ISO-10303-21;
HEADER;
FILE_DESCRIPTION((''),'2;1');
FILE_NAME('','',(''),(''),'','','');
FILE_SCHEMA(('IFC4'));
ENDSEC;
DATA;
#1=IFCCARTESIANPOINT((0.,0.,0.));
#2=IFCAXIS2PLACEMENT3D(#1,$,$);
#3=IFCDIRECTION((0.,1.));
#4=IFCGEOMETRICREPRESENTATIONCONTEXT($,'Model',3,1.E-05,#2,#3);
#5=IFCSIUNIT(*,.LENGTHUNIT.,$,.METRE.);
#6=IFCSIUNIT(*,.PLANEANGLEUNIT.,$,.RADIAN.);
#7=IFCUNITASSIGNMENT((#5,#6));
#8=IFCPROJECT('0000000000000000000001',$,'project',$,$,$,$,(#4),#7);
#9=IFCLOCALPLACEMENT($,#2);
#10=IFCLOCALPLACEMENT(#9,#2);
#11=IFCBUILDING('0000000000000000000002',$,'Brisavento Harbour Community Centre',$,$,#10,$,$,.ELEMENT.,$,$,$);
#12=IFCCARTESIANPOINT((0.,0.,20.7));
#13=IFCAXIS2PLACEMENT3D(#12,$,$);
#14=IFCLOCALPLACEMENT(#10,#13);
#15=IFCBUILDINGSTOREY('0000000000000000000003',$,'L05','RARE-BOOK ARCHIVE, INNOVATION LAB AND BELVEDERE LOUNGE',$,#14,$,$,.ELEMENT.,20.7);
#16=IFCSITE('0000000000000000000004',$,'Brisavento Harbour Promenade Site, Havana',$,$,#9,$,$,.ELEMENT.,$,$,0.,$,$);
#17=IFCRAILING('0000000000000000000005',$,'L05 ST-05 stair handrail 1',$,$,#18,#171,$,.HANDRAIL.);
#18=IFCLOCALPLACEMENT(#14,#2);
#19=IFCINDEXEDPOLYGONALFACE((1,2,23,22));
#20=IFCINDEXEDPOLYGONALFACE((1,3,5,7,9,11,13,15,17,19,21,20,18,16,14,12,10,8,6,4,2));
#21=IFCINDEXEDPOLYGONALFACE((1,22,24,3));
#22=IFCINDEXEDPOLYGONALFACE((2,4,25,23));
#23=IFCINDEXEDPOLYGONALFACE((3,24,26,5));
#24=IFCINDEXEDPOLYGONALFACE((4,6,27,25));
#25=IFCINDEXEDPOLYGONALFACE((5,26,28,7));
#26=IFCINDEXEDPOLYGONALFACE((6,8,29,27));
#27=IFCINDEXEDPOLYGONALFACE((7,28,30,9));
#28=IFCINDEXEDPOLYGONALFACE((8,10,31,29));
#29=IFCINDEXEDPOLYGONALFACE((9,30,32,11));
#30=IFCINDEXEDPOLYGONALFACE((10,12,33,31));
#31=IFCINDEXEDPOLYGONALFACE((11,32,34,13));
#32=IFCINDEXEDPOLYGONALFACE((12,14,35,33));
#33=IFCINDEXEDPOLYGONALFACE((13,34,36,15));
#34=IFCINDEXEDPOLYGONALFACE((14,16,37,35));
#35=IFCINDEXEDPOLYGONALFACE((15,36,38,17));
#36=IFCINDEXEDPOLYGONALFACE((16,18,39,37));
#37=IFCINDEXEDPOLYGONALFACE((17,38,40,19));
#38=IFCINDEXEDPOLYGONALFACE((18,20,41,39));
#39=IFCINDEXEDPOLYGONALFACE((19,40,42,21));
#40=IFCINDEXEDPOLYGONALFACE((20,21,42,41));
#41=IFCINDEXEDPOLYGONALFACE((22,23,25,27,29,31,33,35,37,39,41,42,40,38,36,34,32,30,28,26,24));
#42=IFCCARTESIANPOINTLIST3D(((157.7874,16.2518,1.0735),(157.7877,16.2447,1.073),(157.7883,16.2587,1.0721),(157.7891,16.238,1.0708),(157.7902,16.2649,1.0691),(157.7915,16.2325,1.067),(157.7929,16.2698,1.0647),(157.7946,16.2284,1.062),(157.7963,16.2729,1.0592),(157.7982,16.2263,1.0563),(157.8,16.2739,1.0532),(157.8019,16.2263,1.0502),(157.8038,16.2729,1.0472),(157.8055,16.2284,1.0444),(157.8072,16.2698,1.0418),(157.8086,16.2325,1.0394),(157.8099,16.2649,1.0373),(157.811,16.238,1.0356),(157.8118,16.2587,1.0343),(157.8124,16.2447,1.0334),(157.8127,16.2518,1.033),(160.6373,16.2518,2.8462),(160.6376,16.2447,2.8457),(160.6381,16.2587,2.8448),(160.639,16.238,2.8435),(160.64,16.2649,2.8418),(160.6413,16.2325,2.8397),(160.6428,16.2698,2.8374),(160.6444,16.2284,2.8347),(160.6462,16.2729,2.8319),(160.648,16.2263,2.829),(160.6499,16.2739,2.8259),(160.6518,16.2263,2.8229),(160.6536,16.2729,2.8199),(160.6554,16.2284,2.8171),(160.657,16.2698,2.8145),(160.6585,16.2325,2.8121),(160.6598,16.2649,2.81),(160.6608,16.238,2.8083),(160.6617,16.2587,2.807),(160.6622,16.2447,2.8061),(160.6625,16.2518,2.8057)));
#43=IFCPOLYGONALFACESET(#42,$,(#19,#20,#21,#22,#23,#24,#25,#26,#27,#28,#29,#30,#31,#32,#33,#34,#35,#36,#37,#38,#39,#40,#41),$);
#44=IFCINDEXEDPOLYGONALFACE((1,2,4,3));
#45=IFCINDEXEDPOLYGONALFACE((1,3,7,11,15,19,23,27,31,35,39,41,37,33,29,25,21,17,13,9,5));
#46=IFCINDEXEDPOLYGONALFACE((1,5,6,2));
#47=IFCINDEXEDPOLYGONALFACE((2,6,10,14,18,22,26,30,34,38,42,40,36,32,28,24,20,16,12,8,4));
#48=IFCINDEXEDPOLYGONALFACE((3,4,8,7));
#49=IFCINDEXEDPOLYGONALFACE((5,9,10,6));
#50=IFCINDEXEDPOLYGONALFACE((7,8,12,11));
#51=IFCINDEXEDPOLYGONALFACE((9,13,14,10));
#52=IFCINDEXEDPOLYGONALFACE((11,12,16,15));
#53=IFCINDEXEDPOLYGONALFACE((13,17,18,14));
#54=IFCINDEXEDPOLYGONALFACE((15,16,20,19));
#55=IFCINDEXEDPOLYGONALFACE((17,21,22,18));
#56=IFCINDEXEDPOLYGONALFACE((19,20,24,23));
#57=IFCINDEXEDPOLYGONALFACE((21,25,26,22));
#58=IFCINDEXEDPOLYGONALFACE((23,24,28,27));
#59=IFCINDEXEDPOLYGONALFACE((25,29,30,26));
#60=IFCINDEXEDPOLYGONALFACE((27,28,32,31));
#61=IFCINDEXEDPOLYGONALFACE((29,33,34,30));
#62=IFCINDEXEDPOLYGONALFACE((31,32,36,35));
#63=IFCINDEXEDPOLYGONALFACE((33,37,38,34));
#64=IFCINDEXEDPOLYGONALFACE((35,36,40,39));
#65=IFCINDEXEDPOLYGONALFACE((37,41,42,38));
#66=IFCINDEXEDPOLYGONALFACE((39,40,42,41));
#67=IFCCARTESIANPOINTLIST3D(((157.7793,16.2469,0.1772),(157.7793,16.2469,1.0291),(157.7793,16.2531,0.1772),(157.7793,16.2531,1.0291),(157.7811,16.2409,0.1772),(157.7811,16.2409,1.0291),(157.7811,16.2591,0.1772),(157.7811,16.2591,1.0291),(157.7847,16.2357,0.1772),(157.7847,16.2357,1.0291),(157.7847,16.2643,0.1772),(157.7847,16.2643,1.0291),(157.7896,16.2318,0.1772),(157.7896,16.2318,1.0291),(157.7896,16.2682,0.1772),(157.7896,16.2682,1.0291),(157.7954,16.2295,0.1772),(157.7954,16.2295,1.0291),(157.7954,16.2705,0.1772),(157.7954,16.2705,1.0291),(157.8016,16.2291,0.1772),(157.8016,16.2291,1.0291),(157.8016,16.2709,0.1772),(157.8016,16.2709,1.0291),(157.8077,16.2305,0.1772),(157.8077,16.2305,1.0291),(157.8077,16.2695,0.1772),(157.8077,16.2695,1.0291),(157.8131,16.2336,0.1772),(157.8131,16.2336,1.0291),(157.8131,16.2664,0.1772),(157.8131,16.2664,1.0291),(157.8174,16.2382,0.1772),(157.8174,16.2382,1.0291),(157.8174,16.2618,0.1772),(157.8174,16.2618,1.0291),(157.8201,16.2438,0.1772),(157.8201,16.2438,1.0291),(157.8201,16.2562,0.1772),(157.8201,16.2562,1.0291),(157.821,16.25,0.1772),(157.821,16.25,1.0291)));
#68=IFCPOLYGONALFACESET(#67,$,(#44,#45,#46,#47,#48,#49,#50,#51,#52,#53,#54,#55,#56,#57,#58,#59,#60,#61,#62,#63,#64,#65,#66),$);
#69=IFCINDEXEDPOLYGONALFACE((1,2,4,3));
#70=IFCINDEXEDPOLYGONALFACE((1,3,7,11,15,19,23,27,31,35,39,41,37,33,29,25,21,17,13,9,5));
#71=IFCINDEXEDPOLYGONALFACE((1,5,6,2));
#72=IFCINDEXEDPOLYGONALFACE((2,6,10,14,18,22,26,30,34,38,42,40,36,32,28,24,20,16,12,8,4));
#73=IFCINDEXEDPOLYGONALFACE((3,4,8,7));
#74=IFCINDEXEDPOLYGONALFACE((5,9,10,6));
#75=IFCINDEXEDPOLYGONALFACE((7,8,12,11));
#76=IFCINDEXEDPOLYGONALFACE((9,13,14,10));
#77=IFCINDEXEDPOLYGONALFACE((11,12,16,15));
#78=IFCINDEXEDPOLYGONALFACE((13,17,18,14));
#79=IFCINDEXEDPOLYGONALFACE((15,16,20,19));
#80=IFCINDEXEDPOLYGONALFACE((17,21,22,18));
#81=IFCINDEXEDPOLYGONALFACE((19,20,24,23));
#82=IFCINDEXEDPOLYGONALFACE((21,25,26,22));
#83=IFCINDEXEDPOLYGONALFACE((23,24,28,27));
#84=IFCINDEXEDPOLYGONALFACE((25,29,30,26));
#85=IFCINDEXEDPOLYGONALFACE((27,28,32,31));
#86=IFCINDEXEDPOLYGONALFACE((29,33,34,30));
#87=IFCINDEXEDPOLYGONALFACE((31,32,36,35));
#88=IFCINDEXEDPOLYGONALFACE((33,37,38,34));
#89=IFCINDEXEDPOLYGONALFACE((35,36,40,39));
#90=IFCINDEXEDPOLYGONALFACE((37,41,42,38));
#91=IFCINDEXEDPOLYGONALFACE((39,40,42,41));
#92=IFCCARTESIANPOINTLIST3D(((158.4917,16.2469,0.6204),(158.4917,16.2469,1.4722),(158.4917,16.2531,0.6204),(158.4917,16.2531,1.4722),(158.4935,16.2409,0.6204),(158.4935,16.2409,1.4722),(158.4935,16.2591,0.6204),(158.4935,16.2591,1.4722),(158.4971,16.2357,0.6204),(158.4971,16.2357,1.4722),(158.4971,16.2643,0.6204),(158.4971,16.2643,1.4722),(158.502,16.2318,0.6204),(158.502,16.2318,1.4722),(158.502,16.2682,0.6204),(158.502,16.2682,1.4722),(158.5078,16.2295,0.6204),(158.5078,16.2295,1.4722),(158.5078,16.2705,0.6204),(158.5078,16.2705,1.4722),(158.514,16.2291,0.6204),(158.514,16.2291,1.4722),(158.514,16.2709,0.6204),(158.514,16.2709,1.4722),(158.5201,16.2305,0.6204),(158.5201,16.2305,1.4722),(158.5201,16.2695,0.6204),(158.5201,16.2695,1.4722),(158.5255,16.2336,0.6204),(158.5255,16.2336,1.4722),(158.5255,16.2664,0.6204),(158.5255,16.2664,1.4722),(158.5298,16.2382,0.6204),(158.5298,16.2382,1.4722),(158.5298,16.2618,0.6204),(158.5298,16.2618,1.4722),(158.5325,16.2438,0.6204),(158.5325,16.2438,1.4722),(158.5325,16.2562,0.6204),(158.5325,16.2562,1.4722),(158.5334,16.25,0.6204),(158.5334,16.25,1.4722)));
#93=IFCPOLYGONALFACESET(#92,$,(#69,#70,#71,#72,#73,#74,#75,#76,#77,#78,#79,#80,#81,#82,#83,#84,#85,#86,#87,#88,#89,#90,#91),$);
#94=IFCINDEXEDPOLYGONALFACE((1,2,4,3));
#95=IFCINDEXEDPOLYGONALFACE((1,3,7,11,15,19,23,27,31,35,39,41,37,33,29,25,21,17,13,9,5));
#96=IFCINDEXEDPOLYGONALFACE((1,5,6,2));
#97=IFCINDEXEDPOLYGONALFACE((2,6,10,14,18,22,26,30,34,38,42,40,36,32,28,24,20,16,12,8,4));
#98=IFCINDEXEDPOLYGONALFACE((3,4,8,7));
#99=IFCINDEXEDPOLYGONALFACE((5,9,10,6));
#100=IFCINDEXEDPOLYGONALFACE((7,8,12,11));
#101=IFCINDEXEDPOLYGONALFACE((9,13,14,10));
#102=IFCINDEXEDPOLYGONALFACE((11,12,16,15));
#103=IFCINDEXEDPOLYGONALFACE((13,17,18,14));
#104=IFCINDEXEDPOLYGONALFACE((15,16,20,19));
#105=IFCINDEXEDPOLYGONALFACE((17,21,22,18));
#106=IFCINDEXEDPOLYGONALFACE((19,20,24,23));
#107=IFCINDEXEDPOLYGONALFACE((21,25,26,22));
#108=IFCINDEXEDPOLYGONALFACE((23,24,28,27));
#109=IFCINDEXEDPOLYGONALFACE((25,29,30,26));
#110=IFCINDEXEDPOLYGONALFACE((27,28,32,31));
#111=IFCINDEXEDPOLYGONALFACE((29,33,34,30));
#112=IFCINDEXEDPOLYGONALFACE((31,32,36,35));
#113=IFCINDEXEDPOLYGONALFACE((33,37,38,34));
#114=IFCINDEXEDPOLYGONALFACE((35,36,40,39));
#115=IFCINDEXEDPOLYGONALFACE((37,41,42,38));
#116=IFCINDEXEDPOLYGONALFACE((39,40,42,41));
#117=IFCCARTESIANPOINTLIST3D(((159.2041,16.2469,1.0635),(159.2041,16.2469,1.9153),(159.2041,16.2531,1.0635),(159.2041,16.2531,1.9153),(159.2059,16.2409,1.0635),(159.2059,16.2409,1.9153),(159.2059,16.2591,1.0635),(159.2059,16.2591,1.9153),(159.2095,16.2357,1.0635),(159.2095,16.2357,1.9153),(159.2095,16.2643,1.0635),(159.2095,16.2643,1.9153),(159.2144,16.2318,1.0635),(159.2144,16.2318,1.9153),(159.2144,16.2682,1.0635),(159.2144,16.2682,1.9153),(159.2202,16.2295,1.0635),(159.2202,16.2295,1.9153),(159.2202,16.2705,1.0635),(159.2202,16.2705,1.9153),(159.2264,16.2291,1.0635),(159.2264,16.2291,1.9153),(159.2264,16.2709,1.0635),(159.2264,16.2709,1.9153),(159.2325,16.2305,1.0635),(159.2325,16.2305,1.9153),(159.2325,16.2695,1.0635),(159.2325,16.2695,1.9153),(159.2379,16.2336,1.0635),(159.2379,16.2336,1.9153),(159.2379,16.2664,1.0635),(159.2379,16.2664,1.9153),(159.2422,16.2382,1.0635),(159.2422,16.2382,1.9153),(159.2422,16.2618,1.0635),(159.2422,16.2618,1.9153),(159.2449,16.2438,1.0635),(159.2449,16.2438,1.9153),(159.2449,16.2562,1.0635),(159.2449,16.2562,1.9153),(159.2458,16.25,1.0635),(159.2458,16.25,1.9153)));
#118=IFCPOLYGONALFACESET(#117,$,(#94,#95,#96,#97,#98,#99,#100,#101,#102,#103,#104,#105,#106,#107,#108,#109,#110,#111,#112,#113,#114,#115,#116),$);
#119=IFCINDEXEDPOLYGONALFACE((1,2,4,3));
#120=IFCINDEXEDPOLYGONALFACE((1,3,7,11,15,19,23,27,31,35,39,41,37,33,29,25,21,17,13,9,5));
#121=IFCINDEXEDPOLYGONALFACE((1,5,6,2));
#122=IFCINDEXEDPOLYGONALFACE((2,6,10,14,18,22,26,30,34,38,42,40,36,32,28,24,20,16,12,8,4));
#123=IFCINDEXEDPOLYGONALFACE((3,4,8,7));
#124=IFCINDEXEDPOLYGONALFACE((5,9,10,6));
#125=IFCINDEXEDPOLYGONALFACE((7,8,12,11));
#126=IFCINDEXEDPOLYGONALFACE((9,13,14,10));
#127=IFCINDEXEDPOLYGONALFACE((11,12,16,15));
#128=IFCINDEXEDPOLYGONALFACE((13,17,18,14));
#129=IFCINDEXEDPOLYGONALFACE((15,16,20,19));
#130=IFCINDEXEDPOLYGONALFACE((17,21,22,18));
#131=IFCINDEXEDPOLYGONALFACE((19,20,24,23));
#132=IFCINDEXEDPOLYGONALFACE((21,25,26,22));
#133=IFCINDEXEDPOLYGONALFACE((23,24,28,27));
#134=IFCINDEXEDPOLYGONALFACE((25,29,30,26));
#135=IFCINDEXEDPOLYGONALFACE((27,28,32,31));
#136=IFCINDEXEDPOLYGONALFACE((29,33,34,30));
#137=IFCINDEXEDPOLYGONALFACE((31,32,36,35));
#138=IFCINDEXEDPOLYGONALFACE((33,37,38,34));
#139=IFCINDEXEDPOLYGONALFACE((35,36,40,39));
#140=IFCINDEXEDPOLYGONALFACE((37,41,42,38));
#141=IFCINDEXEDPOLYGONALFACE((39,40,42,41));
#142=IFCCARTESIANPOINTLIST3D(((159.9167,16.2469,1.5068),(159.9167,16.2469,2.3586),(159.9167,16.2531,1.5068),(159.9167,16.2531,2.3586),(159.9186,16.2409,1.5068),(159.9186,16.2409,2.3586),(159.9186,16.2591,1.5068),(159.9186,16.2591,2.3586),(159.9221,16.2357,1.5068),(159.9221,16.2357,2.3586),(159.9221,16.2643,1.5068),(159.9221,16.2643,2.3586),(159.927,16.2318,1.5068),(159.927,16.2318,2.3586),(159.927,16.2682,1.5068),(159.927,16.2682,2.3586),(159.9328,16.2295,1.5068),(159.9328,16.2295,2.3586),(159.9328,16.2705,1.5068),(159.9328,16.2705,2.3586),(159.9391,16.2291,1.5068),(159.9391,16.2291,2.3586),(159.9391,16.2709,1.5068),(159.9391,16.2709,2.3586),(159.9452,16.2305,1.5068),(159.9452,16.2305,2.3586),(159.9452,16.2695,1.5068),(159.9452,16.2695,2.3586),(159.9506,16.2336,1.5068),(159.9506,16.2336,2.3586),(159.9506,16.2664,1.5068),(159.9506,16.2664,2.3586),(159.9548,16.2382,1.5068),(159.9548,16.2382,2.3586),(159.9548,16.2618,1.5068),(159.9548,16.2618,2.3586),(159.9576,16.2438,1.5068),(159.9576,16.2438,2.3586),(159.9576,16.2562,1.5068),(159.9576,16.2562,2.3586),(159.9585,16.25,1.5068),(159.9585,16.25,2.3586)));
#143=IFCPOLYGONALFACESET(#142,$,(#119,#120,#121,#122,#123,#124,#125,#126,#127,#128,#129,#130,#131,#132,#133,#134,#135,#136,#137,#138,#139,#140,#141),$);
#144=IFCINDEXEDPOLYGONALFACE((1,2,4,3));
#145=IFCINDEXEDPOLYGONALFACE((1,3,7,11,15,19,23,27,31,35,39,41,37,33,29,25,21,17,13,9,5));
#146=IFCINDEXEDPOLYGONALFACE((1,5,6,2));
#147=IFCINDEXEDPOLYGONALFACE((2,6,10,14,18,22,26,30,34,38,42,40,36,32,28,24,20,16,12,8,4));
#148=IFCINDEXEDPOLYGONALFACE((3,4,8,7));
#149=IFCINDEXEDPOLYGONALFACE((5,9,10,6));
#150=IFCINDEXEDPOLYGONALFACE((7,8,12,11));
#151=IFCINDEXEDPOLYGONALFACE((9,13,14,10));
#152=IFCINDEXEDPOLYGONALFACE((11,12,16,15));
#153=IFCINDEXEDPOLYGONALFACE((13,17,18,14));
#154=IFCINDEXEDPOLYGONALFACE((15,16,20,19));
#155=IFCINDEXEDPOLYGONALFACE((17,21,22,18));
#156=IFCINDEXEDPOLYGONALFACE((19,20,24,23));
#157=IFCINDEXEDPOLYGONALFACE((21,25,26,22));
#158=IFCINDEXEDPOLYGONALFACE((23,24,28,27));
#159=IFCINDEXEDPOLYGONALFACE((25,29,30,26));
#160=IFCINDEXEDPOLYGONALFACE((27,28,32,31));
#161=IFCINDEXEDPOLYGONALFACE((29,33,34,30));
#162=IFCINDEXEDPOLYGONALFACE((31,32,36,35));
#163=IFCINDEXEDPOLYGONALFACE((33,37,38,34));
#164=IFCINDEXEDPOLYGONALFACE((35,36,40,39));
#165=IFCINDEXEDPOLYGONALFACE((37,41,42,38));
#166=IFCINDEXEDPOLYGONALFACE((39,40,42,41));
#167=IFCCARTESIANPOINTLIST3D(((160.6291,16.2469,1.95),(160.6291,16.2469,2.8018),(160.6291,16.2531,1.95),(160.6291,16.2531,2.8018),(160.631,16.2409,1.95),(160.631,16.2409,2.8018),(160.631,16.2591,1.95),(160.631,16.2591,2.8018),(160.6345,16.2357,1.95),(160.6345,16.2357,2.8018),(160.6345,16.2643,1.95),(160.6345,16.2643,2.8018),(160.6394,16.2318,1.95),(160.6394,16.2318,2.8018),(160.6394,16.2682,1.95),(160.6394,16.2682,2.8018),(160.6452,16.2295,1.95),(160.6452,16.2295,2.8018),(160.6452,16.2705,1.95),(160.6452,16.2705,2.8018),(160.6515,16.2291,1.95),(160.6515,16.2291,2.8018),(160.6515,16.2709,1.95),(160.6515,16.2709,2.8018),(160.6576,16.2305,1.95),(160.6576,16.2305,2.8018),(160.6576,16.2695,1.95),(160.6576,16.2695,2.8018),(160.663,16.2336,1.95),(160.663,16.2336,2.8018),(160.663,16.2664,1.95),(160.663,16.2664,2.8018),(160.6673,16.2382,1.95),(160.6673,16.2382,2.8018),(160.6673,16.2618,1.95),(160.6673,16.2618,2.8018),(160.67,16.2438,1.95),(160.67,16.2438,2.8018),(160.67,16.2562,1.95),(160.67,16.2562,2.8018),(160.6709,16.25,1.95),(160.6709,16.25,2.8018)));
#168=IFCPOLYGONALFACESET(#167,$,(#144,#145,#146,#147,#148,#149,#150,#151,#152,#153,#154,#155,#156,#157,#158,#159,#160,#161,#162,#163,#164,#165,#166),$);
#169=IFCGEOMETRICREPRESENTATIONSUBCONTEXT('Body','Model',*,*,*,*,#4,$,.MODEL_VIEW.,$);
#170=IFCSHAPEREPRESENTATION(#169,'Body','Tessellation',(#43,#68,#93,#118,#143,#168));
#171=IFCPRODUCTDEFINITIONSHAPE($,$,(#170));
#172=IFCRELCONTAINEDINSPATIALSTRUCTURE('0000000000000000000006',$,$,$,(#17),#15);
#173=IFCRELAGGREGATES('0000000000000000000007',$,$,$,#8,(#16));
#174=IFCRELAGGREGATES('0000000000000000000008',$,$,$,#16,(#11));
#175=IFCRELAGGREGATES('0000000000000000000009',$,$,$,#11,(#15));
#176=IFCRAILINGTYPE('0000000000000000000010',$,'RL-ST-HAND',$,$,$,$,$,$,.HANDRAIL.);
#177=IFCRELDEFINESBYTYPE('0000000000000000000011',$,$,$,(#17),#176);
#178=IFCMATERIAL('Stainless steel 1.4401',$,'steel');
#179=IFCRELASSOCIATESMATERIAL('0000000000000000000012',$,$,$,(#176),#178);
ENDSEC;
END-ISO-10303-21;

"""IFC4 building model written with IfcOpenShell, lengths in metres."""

from ifc_helpers import new_model, si_unit, direction, frame, origin, origin_2d, place, context, subcontext, project, spatial, circle, extrude, material, type_object, element, save


model = new_model("IFC4")

# Units and contexts
model_context = context("Model", 3, precision=1e-05, world=origin(), true_north=direction((0.0, 1.0)))
body_context = subcontext(model_context, "Body", "Model", "MODEL_VIEW")
ifc_project = project(units=[si_unit("LENGTHUNIT", "METRE"), si_unit("PLANEANGLEUNIT", "RADIAN")], contexts=[model_context])

# Site, building, storey
site_placement = place(None, origin())
site = spatial("IfcSite", under=ifc_project, at=site_placement, Name="Brisavento Harbour Promenade Site, Havana", CompositionType="ELEMENT", RefElevation=0.0)
building_placement = place(site_placement, origin())
building = spatial("IfcBuilding", under=site, at=building_placement, Name="Brisavento Harbour Community Centre", CompositionType="ELEMENT")
storey_placement = place(building_placement, frame((0.0, 0.0, 20.7)))
storey = spatial("IfcBuildingStorey", under=building, at=storey_placement, Name="L05", Description="RARE-BOOK ARCHIVE, INNOVATION LAB AND BELVEDERE LOUNGE", CompositionType="ELEMENT", Elevation=20.7)

# Railing
ifc_material_1 = material(Name="Stainless steel 1.4401", Category="steel")
railing_type_1 = type_object("IfcRailingType", Name="RL-ST-HAND", PredefinedType="HANDRAIL", material=ifc_material_1)
railing_1_placement = place(storey_placement, frame((157.8, 16.25, 0.1772)))
element("IfcRailing", 1, at=railing_1_placement, inside=storey, type_object=railing_type_1, Name="L05 ST-05 stair handrail 1", PredefinedType="HANDRAIL", context=body_context, shape_type="SweptSolid", body=[
    extrude(circle(Radius=0.0239, at=origin_2d()), frame((0.0, 0.0, 0.876), z_axis=(0.849128, 0.0, 0.528187), x_axis=(0.0, 1.0, 0.0)), (0.0, 0.0, 1.0), 3.3562),
    extrude(circle(Radius=0.021, at=origin_2d()), origin(), (0.0, 0.0, 1.0), 0.8518),
    extrude(circle(Radius=0.021, at=origin_2d()), frame((0.7124, 0.0, 0.4431)), (0.0, 0.0, 1.0), 0.8518),
    extrude(circle(Radius=0.021, at=origin_2d()), frame((1.4248, 0.0, 0.8862)), (0.0, 0.0, 1.0), 0.8518),
    extrude(circle(Radius=0.021, at=origin_2d()), frame((2.1375, 0.0, 1.3296)), (0.0, 0.0, 1.0), 0.8518),
    extrude(circle(Radius=0.021, at=origin_2d()), frame((2.8499, 0.0, 1.7727)), (0.0, 0.0, 1.0), 0.8518),
])

save(model, "model.ifc")
